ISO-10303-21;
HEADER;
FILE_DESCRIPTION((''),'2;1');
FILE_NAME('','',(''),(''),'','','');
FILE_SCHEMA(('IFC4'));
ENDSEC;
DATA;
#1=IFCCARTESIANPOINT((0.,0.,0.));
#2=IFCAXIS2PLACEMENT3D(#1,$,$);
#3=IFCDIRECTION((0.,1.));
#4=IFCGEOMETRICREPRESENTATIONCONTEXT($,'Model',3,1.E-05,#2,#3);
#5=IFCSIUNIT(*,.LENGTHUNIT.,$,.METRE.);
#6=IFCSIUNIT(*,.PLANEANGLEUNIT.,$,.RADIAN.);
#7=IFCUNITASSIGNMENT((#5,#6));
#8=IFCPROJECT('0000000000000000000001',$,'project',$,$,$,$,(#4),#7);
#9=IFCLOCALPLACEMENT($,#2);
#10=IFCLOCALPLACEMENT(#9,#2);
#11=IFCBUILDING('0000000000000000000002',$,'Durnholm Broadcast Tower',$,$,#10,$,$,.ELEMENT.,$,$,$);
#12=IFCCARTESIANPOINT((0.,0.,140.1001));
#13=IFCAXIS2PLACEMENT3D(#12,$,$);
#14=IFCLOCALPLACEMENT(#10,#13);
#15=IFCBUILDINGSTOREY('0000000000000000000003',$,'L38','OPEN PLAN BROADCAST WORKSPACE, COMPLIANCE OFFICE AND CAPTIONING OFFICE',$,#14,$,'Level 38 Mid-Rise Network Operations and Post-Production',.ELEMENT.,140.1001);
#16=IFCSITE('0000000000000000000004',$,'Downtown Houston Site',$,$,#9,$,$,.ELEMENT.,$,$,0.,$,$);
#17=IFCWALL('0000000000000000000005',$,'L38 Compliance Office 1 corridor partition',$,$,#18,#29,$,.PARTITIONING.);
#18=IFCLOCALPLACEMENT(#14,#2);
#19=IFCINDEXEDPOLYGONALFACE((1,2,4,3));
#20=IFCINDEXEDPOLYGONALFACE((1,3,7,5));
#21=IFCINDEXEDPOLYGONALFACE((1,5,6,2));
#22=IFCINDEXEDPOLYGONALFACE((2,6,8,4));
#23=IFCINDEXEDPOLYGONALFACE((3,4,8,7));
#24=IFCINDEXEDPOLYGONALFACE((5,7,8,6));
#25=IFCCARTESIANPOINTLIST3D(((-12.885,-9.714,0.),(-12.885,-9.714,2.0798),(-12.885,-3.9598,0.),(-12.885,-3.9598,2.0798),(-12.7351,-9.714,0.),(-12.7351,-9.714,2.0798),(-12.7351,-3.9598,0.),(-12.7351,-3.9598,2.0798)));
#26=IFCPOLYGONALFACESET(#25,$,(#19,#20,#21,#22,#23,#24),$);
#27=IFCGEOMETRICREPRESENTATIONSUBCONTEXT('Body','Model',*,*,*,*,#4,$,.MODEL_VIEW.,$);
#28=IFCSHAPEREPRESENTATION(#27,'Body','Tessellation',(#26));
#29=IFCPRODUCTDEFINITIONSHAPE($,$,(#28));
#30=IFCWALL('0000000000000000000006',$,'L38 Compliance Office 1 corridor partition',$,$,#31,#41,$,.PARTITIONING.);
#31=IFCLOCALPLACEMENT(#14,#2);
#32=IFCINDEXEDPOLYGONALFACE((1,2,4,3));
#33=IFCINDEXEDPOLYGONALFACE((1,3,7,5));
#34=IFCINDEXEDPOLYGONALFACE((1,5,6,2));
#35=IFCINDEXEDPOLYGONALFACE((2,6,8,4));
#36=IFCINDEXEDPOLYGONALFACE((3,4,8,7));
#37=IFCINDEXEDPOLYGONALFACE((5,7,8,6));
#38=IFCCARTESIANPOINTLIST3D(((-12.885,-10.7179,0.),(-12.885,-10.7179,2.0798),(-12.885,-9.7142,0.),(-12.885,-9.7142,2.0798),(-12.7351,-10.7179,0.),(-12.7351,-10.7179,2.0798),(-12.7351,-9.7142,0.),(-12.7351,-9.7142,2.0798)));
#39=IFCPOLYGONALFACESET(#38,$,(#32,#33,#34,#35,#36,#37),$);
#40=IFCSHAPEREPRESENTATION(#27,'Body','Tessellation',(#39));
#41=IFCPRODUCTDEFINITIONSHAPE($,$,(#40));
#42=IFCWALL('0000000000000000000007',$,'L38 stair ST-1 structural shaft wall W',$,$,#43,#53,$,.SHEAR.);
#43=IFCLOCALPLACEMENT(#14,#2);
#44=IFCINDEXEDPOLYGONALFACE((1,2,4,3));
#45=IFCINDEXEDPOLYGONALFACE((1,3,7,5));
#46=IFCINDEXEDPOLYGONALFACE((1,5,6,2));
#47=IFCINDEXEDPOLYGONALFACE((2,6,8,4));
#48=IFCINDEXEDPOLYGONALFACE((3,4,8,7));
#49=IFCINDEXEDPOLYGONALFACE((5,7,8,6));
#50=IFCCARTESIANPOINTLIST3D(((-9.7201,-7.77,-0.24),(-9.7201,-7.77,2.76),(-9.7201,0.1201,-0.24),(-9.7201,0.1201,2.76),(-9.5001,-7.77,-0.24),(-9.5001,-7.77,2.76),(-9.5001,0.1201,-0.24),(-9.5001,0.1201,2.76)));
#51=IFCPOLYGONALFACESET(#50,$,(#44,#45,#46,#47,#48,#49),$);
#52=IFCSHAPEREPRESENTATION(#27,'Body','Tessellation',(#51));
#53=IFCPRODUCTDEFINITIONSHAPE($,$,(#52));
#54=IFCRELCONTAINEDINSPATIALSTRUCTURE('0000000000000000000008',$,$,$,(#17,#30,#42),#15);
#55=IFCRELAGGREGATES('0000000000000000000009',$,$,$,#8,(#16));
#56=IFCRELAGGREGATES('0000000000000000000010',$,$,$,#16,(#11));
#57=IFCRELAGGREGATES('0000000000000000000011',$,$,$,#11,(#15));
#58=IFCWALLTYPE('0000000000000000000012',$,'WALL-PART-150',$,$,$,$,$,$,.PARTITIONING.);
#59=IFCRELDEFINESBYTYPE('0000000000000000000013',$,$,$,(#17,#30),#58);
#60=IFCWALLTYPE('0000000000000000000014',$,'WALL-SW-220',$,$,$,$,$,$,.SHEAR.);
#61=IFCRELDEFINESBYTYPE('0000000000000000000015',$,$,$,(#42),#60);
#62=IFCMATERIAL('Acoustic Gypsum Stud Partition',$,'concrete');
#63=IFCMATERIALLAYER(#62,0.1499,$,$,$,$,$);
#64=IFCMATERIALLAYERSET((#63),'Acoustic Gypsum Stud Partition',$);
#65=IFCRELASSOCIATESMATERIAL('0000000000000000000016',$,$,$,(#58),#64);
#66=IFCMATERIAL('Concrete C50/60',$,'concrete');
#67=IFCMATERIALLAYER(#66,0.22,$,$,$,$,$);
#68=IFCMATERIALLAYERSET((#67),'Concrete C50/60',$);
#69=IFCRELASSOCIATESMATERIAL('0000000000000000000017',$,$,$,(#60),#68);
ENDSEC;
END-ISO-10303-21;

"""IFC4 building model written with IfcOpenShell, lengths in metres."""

from ifc_helpers import new_model, si_unit, direction, frame, frame_2d, origin, place, context, subcontext, project, spatial, rectangle, extrude, material, layer, layer_set, type_object, element, save


model = new_model("IFC4")

# Units and contexts
model_context = context("Model", 3, precision=1e-05, world=origin(), true_north=direction((0.0, 1.0)))
body_context = subcontext(model_context, "Body", "Model", "MODEL_VIEW")
ifc_project = project(units=[si_unit("LENGTHUNIT", "METRE"), si_unit("PLANEANGLEUNIT", "RADIAN")], contexts=[model_context])

# Site, building, storey
site_placement = place(None, origin())
site = spatial("IfcSite", under=ifc_project, at=site_placement, Name="Downtown Houston Site", CompositionType="ELEMENT", RefElevation=0.0)
building_placement = place(site_placement, origin())
building = spatial("IfcBuilding", under=site, at=building_placement, Name="Durnholm Broadcast Tower", CompositionType="ELEMENT")
storey_placement = place(building_placement, frame((0.0, 0.0, 140.1001)))
storey = spatial("IfcBuildingStorey", under=building, at=storey_placement, Name="L38", Description="OPEN PLAN BROADCAST WORKSPACE, COMPLIANCE OFFICE AND CAPTIONING OFFICE", LongName="Level 38 Mid-Rise Network Operations and Post-Production", CompositionType="ELEMENT", Elevation=140.1001)

# Walls
ifc_material_1 = material(Name="Acoustic Gypsum Stud Partition", Category="concrete")
ifc_layer_1 = layer(ifc_material_1, 0.1499)
ifc_layer_set_1 = layer_set([ifc_layer_1], Name="Acoustic Gypsum Stud Partition")
wall_type_1 = type_object("IfcWallType", Name="WALL-PART-150", PredefinedType="PARTITIONING", material=ifc_layer_set_1)
wall_1_placement = place(storey_placement, frame((-12.8101, -3.96, 0.0), z_axis=(0.0, 0.0, 1.0), x_axis=(0.0, -1.0, 0.0)))
element("IfcWall", 1, at=wall_1_placement, inside=storey, type_object=wall_type_1, Name="L38 Compliance Office 1 corridor partition", PredefinedType="PARTITIONING", context=body_context, shape_type="SweptSolid", body=[
    extrude(rectangle(XDim=5.7542, YDim=0.1499, at=frame_2d((2.877, 0.0))), origin(), (0.0, 0.0, 1.0), 2.0798),
])
wall_2_placement = place(storey_placement, frame((-12.8101, -9.7141, 0.0), z_axis=(0.0, 0.0, 1.0), x_axis=(0.0, -1.0, 0.0)))
element("IfcWall", 2, at=wall_2_placement, inside=storey, type_object=wall_type_1, Name="L38 Compliance Office 1 corridor partition", PredefinedType="PARTITIONING", context=body_context, shape_type="SweptSolid", body=[
    extrude(rectangle(XDim=1.0037, YDim=0.1499, at=frame_2d((0.502, 0.0))), origin(), (0.0, 0.0, 1.0), 2.0798),
])
ifc_material_2 = material(Name="Concrete C50/60", Category="concrete")
ifc_layer_2 = layer(ifc_material_2, 0.22)
ifc_layer_set_2 = layer_set([ifc_layer_2], Name="Concrete C50/60")
wall_type_2 = type_object("IfcWallType", Name="WALL-SW-220", PredefinedType="SHEAR", material=ifc_layer_set_2)
wall_3_placement = place(storey_placement, frame((-9.6101, 0.1201, -0.24), z_axis=(0.0, 0.0, 1.0), x_axis=(0.0, -1.0, 0.0)))
element("IfcWall", 3, at=wall_3_placement, inside=storey, type_object=wall_type_2, Name="L38 stair ST-1 structural shaft wall W", PredefinedType="SHEAR", context=body_context, shape_type="SweptSolid", body=[
    extrude(rectangle(XDim=7.8901, YDim=0.22, at=frame_2d((3.9451, 0.0))), origin(), (0.0, 0.0, 1.0), 3.0),
])

save(model, "model.ifc")
